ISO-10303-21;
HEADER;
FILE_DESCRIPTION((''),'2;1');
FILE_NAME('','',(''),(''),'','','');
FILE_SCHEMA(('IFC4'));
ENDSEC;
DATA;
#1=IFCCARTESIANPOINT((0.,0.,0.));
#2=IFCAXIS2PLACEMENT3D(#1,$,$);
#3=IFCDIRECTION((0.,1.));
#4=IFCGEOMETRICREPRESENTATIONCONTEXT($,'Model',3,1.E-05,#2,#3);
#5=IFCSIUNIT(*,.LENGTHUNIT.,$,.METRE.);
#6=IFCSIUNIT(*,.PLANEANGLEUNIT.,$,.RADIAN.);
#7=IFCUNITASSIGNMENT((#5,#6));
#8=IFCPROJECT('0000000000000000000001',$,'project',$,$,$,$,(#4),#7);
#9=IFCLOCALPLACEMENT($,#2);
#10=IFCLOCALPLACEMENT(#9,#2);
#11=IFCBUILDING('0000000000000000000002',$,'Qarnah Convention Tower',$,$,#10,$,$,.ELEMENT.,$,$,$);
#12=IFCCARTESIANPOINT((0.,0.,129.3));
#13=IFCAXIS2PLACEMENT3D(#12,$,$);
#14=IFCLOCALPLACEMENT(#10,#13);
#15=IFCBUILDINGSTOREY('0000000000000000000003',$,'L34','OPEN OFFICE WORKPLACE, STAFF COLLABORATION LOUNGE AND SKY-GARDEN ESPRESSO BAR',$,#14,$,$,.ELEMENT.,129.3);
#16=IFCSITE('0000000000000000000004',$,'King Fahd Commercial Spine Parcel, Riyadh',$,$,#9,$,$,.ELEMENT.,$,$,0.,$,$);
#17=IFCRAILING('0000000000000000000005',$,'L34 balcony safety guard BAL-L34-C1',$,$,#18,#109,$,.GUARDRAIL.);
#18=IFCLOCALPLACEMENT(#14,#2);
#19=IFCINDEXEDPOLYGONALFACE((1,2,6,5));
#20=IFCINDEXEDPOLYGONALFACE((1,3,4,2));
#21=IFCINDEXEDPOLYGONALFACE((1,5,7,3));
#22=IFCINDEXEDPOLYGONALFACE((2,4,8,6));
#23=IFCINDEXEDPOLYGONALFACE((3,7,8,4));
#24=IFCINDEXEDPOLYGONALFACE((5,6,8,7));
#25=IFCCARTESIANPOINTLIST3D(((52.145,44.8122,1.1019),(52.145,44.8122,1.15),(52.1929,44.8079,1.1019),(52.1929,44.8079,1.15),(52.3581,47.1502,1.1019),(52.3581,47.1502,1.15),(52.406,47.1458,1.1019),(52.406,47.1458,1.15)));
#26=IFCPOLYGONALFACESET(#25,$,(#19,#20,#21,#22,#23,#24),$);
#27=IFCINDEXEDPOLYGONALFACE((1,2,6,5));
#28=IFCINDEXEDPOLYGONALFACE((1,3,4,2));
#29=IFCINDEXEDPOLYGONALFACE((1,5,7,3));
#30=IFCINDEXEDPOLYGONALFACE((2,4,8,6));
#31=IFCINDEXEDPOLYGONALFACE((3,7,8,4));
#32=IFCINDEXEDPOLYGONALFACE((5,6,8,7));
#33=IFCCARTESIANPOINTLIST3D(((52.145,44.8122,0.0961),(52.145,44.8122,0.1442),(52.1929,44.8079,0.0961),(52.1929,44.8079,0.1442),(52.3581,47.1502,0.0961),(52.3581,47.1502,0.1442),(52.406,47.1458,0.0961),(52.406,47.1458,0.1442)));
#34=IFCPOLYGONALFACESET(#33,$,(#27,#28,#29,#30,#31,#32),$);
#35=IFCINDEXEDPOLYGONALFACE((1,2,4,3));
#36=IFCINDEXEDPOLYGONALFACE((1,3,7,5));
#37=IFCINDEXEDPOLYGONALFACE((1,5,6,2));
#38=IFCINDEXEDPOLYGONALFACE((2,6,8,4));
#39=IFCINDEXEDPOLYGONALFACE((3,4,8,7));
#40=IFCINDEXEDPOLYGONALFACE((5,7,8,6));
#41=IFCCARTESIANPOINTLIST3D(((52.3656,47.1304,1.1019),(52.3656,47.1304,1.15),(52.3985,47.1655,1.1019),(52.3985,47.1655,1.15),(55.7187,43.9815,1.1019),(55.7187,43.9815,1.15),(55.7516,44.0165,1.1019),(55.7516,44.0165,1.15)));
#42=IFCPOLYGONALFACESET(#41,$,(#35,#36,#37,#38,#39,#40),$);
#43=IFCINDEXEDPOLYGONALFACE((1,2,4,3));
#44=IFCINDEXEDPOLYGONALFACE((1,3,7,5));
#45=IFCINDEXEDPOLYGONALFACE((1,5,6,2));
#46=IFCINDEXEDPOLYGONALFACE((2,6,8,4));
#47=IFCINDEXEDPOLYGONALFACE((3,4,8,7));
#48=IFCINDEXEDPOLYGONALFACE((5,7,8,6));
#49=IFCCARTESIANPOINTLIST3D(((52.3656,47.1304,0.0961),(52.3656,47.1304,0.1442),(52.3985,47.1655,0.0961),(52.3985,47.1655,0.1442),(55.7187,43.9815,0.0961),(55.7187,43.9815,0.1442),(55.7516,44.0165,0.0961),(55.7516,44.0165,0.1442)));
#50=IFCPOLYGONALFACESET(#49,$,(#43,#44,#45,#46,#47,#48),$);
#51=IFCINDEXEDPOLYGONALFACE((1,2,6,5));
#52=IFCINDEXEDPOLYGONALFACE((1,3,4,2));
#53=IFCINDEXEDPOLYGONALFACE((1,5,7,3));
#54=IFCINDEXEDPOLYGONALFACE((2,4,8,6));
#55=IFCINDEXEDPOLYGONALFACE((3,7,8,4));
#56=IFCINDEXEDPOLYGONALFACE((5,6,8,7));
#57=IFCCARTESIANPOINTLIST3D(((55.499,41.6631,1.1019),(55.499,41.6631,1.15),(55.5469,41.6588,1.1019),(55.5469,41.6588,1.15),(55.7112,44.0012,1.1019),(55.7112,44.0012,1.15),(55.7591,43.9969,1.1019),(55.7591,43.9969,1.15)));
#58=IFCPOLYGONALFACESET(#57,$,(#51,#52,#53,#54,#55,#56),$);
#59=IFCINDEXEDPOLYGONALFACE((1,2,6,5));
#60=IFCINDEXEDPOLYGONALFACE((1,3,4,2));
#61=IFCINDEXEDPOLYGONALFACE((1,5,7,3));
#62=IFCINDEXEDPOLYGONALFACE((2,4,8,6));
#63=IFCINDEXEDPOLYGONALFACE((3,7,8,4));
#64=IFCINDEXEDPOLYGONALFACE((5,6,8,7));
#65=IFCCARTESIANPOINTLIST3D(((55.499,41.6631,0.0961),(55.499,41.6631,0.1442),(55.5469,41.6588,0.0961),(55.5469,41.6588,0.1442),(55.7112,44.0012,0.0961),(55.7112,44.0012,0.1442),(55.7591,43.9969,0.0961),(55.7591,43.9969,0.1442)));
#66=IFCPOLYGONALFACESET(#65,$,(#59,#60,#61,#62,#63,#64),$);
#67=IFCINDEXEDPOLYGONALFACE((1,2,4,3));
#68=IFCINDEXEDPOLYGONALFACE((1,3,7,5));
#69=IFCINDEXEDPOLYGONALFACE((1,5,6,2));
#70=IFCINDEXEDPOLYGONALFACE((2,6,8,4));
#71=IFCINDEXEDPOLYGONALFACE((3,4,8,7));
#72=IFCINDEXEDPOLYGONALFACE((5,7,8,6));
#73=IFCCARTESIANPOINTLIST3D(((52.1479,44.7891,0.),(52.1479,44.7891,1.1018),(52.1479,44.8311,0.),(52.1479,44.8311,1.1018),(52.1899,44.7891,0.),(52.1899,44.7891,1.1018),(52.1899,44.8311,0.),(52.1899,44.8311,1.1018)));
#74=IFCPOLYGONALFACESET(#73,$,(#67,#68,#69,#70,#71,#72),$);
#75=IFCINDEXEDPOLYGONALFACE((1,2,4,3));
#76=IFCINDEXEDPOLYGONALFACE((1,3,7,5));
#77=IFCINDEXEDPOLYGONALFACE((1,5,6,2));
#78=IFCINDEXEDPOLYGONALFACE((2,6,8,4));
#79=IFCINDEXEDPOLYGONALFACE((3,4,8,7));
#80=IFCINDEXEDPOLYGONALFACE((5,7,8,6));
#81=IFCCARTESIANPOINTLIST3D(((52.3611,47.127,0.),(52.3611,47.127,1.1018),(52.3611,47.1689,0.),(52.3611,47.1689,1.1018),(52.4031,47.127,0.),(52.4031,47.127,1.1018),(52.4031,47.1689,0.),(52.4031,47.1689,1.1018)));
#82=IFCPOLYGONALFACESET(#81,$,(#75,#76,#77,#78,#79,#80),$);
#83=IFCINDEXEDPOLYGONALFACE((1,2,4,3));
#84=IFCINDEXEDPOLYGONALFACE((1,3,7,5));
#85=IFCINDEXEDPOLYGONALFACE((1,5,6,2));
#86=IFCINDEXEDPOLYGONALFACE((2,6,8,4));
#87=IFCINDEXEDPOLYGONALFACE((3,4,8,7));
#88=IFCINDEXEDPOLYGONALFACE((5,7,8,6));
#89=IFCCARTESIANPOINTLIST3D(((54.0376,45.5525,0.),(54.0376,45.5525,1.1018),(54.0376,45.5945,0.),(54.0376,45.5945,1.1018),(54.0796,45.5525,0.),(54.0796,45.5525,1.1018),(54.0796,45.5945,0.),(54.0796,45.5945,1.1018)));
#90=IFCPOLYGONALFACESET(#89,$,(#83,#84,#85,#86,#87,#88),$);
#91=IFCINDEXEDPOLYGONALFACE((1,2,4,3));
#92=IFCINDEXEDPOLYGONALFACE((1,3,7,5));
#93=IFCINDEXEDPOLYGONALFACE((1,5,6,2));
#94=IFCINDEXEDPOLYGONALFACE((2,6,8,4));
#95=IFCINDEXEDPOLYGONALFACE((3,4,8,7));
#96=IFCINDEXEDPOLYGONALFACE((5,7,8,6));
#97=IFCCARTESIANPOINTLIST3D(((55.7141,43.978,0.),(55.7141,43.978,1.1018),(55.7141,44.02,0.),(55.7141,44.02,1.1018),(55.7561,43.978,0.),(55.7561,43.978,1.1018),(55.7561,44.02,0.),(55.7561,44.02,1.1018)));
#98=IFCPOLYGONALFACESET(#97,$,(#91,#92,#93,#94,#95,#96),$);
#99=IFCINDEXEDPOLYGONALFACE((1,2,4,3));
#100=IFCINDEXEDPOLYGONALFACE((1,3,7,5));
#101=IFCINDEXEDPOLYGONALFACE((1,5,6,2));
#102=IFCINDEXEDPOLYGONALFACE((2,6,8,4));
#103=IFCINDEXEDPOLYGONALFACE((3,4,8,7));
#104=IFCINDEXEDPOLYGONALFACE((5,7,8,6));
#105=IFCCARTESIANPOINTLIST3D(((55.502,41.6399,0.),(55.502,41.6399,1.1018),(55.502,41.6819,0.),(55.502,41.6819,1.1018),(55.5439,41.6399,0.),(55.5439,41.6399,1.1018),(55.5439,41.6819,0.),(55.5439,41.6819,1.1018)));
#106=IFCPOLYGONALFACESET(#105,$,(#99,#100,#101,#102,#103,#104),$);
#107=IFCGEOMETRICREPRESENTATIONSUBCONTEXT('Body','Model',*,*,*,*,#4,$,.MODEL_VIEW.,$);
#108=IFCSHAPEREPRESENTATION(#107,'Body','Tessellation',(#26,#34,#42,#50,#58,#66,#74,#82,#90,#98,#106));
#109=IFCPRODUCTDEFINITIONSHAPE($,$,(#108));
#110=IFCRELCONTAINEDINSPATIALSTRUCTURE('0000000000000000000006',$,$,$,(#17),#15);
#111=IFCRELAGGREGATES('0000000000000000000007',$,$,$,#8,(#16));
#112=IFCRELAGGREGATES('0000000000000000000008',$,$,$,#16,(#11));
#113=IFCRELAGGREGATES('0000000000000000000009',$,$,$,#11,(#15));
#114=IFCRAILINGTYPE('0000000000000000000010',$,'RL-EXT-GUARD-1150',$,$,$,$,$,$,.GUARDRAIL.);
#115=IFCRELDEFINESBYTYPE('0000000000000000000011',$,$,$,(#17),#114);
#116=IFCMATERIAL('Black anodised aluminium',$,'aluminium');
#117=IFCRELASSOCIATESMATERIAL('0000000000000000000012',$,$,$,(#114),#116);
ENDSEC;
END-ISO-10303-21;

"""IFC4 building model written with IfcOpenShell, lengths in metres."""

from ifc_helpers import new_model, si_unit, direction, frame, origin, origin_2d, place, context, subcontext, project, spatial, rectangle, extrude, material, type_object, element, save


model = new_model("IFC4")

# Units and contexts
model_context = context("Model", 3, precision=1e-05, world=origin(), true_north=direction((0.0, 1.0)))
body_context = subcontext(model_context, "Body", "Model", "MODEL_VIEW")
ifc_project = project(units=[si_unit("LENGTHUNIT", "METRE"), si_unit("PLANEANGLEUNIT", "RADIAN")], contexts=[model_context])

# Site, building, storey
site_placement = place(None, origin())
site = spatial("IfcSite", under=ifc_project, at=site_placement, Name="King Fahd Commercial Spine Parcel, Riyadh", CompositionType="ELEMENT", RefElevation=0.0)
building_placement = place(site_placement, origin())
building = spatial("IfcBuilding", under=site, at=building_placement, Name="Qarnah Convention Tower", CompositionType="ELEMENT")
storey_placement = place(building_placement, frame((0.0, 0.0, 129.3)))
storey = spatial("IfcBuildingStorey", under=building, at=storey_placement, Name="L34", Description="OPEN OFFICE WORKPLACE, STAFF COLLABORATION LOUNGE AND SKY-GARDEN ESPRESSO BAR", CompositionType="ELEMENT", Elevation=129.3)

# Shared definitions
ifc_material_1 = material(Name="Black anodised aluminium", Category="aluminium")

# Railing
railing_type = type_object("IfcRailingType", Name="RL-EXT-GUARD-1150", PredefinedType="GUARDRAIL", material=ifc_material_1)
railing_1_placement = place(storey_placement, frame((52.1689, 44.8101, 0.0)))
element("IfcRailing", 1, at=railing_1_placement, inside=storey, type_object=railing_type, Name="L34 balcony safety guard BAL-L34-C1", PredefinedType="GUARDRAIL", context=body_context, shape_type="SweptSolid", body=[
    extrude(rectangle(XDim=0.0481, YDim=0.0481, at=origin_2d()), frame((0.0, 0.0, 1.126), z_axis=(0.090789, 0.99587, 0.0), x_axis=(-0.99587, 0.090789, 0.0)), (0.0, 0.0, 1.0), 2.3477),
    extrude(rectangle(XDim=0.0481, YDim=0.0481, at=origin_2d()), frame((0.0, 0.0, 0.1201), z_axis=(0.090789, 0.99587, 0.0), x_axis=(-0.99587, 0.090789, 0.0)), (0.0, 0.0, 1.0), 2.3477),
    extrude(rectangle(XDim=0.0481, YDim=0.0481, at=origin_2d()), frame((0.2131, 2.3379, 1.126), z_axis=(0.728944, -0.684573, 0.0), x_axis=(0.684573, 0.728944, 0.0)), (0.0, 0.0, 1.0), 4.5999),
    extrude(rectangle(XDim=0.0481, YDim=0.0481, at=origin_2d()), frame((0.2131, 2.3379, 0.1201), z_axis=(0.728944, -0.684573, 0.0), x_axis=(0.684573, 0.728944, 0.0)), (0.0, 0.0, 1.0), 4.5999),
    extrude(rectangle(XDim=0.0481, YDim=0.0481, at=origin_2d()), frame((3.5662, -0.811, 1.126), z_axis=(-0.090367, -0.995909, 0.0), x_axis=(0.995909, -0.090367, 0.0)), (0.0, 0.0, 1.0), 2.3477),
    extrude(rectangle(XDim=0.0481, YDim=0.0481, at=origin_2d()), frame((3.5662, -0.811, 0.1201), z_axis=(-0.090367, -0.995909, 0.0), x_axis=(0.995909, -0.090367, 0.0)), (0.0, 0.0, 1.0), 2.3477),
    extrude(rectangle(XDim=0.042, YDim=0.042, at=origin_2d()), origin(), (0.0, 0.0, 1.0), 1.1018),
    extrude(rectangle(XDim=0.042, YDim=0.042, at=origin_2d()), frame((0.2131, 2.3379, 0.0)), (0.0, 0.0, 1.0), 1.1018),
    extrude(rectangle(XDim=0.042, YDim=0.042, at=origin_2d()), frame((1.8896, 0.7634, 0.0)), (0.0, 0.0, 1.0), 1.1018),
    extrude(rectangle(XDim=0.042, YDim=0.042, at=origin_2d()), frame((3.5662, -0.811, 0.0)), (0.0, 0.0, 1.0), 1.1018),
    extrude(rectangle(XDim=0.042, YDim=0.042, at=origin_2d()), frame((3.354, -3.1492, 0.0)), (0.0, 0.0, 1.0), 1.1018),
])

save(model, "model.ifc")
